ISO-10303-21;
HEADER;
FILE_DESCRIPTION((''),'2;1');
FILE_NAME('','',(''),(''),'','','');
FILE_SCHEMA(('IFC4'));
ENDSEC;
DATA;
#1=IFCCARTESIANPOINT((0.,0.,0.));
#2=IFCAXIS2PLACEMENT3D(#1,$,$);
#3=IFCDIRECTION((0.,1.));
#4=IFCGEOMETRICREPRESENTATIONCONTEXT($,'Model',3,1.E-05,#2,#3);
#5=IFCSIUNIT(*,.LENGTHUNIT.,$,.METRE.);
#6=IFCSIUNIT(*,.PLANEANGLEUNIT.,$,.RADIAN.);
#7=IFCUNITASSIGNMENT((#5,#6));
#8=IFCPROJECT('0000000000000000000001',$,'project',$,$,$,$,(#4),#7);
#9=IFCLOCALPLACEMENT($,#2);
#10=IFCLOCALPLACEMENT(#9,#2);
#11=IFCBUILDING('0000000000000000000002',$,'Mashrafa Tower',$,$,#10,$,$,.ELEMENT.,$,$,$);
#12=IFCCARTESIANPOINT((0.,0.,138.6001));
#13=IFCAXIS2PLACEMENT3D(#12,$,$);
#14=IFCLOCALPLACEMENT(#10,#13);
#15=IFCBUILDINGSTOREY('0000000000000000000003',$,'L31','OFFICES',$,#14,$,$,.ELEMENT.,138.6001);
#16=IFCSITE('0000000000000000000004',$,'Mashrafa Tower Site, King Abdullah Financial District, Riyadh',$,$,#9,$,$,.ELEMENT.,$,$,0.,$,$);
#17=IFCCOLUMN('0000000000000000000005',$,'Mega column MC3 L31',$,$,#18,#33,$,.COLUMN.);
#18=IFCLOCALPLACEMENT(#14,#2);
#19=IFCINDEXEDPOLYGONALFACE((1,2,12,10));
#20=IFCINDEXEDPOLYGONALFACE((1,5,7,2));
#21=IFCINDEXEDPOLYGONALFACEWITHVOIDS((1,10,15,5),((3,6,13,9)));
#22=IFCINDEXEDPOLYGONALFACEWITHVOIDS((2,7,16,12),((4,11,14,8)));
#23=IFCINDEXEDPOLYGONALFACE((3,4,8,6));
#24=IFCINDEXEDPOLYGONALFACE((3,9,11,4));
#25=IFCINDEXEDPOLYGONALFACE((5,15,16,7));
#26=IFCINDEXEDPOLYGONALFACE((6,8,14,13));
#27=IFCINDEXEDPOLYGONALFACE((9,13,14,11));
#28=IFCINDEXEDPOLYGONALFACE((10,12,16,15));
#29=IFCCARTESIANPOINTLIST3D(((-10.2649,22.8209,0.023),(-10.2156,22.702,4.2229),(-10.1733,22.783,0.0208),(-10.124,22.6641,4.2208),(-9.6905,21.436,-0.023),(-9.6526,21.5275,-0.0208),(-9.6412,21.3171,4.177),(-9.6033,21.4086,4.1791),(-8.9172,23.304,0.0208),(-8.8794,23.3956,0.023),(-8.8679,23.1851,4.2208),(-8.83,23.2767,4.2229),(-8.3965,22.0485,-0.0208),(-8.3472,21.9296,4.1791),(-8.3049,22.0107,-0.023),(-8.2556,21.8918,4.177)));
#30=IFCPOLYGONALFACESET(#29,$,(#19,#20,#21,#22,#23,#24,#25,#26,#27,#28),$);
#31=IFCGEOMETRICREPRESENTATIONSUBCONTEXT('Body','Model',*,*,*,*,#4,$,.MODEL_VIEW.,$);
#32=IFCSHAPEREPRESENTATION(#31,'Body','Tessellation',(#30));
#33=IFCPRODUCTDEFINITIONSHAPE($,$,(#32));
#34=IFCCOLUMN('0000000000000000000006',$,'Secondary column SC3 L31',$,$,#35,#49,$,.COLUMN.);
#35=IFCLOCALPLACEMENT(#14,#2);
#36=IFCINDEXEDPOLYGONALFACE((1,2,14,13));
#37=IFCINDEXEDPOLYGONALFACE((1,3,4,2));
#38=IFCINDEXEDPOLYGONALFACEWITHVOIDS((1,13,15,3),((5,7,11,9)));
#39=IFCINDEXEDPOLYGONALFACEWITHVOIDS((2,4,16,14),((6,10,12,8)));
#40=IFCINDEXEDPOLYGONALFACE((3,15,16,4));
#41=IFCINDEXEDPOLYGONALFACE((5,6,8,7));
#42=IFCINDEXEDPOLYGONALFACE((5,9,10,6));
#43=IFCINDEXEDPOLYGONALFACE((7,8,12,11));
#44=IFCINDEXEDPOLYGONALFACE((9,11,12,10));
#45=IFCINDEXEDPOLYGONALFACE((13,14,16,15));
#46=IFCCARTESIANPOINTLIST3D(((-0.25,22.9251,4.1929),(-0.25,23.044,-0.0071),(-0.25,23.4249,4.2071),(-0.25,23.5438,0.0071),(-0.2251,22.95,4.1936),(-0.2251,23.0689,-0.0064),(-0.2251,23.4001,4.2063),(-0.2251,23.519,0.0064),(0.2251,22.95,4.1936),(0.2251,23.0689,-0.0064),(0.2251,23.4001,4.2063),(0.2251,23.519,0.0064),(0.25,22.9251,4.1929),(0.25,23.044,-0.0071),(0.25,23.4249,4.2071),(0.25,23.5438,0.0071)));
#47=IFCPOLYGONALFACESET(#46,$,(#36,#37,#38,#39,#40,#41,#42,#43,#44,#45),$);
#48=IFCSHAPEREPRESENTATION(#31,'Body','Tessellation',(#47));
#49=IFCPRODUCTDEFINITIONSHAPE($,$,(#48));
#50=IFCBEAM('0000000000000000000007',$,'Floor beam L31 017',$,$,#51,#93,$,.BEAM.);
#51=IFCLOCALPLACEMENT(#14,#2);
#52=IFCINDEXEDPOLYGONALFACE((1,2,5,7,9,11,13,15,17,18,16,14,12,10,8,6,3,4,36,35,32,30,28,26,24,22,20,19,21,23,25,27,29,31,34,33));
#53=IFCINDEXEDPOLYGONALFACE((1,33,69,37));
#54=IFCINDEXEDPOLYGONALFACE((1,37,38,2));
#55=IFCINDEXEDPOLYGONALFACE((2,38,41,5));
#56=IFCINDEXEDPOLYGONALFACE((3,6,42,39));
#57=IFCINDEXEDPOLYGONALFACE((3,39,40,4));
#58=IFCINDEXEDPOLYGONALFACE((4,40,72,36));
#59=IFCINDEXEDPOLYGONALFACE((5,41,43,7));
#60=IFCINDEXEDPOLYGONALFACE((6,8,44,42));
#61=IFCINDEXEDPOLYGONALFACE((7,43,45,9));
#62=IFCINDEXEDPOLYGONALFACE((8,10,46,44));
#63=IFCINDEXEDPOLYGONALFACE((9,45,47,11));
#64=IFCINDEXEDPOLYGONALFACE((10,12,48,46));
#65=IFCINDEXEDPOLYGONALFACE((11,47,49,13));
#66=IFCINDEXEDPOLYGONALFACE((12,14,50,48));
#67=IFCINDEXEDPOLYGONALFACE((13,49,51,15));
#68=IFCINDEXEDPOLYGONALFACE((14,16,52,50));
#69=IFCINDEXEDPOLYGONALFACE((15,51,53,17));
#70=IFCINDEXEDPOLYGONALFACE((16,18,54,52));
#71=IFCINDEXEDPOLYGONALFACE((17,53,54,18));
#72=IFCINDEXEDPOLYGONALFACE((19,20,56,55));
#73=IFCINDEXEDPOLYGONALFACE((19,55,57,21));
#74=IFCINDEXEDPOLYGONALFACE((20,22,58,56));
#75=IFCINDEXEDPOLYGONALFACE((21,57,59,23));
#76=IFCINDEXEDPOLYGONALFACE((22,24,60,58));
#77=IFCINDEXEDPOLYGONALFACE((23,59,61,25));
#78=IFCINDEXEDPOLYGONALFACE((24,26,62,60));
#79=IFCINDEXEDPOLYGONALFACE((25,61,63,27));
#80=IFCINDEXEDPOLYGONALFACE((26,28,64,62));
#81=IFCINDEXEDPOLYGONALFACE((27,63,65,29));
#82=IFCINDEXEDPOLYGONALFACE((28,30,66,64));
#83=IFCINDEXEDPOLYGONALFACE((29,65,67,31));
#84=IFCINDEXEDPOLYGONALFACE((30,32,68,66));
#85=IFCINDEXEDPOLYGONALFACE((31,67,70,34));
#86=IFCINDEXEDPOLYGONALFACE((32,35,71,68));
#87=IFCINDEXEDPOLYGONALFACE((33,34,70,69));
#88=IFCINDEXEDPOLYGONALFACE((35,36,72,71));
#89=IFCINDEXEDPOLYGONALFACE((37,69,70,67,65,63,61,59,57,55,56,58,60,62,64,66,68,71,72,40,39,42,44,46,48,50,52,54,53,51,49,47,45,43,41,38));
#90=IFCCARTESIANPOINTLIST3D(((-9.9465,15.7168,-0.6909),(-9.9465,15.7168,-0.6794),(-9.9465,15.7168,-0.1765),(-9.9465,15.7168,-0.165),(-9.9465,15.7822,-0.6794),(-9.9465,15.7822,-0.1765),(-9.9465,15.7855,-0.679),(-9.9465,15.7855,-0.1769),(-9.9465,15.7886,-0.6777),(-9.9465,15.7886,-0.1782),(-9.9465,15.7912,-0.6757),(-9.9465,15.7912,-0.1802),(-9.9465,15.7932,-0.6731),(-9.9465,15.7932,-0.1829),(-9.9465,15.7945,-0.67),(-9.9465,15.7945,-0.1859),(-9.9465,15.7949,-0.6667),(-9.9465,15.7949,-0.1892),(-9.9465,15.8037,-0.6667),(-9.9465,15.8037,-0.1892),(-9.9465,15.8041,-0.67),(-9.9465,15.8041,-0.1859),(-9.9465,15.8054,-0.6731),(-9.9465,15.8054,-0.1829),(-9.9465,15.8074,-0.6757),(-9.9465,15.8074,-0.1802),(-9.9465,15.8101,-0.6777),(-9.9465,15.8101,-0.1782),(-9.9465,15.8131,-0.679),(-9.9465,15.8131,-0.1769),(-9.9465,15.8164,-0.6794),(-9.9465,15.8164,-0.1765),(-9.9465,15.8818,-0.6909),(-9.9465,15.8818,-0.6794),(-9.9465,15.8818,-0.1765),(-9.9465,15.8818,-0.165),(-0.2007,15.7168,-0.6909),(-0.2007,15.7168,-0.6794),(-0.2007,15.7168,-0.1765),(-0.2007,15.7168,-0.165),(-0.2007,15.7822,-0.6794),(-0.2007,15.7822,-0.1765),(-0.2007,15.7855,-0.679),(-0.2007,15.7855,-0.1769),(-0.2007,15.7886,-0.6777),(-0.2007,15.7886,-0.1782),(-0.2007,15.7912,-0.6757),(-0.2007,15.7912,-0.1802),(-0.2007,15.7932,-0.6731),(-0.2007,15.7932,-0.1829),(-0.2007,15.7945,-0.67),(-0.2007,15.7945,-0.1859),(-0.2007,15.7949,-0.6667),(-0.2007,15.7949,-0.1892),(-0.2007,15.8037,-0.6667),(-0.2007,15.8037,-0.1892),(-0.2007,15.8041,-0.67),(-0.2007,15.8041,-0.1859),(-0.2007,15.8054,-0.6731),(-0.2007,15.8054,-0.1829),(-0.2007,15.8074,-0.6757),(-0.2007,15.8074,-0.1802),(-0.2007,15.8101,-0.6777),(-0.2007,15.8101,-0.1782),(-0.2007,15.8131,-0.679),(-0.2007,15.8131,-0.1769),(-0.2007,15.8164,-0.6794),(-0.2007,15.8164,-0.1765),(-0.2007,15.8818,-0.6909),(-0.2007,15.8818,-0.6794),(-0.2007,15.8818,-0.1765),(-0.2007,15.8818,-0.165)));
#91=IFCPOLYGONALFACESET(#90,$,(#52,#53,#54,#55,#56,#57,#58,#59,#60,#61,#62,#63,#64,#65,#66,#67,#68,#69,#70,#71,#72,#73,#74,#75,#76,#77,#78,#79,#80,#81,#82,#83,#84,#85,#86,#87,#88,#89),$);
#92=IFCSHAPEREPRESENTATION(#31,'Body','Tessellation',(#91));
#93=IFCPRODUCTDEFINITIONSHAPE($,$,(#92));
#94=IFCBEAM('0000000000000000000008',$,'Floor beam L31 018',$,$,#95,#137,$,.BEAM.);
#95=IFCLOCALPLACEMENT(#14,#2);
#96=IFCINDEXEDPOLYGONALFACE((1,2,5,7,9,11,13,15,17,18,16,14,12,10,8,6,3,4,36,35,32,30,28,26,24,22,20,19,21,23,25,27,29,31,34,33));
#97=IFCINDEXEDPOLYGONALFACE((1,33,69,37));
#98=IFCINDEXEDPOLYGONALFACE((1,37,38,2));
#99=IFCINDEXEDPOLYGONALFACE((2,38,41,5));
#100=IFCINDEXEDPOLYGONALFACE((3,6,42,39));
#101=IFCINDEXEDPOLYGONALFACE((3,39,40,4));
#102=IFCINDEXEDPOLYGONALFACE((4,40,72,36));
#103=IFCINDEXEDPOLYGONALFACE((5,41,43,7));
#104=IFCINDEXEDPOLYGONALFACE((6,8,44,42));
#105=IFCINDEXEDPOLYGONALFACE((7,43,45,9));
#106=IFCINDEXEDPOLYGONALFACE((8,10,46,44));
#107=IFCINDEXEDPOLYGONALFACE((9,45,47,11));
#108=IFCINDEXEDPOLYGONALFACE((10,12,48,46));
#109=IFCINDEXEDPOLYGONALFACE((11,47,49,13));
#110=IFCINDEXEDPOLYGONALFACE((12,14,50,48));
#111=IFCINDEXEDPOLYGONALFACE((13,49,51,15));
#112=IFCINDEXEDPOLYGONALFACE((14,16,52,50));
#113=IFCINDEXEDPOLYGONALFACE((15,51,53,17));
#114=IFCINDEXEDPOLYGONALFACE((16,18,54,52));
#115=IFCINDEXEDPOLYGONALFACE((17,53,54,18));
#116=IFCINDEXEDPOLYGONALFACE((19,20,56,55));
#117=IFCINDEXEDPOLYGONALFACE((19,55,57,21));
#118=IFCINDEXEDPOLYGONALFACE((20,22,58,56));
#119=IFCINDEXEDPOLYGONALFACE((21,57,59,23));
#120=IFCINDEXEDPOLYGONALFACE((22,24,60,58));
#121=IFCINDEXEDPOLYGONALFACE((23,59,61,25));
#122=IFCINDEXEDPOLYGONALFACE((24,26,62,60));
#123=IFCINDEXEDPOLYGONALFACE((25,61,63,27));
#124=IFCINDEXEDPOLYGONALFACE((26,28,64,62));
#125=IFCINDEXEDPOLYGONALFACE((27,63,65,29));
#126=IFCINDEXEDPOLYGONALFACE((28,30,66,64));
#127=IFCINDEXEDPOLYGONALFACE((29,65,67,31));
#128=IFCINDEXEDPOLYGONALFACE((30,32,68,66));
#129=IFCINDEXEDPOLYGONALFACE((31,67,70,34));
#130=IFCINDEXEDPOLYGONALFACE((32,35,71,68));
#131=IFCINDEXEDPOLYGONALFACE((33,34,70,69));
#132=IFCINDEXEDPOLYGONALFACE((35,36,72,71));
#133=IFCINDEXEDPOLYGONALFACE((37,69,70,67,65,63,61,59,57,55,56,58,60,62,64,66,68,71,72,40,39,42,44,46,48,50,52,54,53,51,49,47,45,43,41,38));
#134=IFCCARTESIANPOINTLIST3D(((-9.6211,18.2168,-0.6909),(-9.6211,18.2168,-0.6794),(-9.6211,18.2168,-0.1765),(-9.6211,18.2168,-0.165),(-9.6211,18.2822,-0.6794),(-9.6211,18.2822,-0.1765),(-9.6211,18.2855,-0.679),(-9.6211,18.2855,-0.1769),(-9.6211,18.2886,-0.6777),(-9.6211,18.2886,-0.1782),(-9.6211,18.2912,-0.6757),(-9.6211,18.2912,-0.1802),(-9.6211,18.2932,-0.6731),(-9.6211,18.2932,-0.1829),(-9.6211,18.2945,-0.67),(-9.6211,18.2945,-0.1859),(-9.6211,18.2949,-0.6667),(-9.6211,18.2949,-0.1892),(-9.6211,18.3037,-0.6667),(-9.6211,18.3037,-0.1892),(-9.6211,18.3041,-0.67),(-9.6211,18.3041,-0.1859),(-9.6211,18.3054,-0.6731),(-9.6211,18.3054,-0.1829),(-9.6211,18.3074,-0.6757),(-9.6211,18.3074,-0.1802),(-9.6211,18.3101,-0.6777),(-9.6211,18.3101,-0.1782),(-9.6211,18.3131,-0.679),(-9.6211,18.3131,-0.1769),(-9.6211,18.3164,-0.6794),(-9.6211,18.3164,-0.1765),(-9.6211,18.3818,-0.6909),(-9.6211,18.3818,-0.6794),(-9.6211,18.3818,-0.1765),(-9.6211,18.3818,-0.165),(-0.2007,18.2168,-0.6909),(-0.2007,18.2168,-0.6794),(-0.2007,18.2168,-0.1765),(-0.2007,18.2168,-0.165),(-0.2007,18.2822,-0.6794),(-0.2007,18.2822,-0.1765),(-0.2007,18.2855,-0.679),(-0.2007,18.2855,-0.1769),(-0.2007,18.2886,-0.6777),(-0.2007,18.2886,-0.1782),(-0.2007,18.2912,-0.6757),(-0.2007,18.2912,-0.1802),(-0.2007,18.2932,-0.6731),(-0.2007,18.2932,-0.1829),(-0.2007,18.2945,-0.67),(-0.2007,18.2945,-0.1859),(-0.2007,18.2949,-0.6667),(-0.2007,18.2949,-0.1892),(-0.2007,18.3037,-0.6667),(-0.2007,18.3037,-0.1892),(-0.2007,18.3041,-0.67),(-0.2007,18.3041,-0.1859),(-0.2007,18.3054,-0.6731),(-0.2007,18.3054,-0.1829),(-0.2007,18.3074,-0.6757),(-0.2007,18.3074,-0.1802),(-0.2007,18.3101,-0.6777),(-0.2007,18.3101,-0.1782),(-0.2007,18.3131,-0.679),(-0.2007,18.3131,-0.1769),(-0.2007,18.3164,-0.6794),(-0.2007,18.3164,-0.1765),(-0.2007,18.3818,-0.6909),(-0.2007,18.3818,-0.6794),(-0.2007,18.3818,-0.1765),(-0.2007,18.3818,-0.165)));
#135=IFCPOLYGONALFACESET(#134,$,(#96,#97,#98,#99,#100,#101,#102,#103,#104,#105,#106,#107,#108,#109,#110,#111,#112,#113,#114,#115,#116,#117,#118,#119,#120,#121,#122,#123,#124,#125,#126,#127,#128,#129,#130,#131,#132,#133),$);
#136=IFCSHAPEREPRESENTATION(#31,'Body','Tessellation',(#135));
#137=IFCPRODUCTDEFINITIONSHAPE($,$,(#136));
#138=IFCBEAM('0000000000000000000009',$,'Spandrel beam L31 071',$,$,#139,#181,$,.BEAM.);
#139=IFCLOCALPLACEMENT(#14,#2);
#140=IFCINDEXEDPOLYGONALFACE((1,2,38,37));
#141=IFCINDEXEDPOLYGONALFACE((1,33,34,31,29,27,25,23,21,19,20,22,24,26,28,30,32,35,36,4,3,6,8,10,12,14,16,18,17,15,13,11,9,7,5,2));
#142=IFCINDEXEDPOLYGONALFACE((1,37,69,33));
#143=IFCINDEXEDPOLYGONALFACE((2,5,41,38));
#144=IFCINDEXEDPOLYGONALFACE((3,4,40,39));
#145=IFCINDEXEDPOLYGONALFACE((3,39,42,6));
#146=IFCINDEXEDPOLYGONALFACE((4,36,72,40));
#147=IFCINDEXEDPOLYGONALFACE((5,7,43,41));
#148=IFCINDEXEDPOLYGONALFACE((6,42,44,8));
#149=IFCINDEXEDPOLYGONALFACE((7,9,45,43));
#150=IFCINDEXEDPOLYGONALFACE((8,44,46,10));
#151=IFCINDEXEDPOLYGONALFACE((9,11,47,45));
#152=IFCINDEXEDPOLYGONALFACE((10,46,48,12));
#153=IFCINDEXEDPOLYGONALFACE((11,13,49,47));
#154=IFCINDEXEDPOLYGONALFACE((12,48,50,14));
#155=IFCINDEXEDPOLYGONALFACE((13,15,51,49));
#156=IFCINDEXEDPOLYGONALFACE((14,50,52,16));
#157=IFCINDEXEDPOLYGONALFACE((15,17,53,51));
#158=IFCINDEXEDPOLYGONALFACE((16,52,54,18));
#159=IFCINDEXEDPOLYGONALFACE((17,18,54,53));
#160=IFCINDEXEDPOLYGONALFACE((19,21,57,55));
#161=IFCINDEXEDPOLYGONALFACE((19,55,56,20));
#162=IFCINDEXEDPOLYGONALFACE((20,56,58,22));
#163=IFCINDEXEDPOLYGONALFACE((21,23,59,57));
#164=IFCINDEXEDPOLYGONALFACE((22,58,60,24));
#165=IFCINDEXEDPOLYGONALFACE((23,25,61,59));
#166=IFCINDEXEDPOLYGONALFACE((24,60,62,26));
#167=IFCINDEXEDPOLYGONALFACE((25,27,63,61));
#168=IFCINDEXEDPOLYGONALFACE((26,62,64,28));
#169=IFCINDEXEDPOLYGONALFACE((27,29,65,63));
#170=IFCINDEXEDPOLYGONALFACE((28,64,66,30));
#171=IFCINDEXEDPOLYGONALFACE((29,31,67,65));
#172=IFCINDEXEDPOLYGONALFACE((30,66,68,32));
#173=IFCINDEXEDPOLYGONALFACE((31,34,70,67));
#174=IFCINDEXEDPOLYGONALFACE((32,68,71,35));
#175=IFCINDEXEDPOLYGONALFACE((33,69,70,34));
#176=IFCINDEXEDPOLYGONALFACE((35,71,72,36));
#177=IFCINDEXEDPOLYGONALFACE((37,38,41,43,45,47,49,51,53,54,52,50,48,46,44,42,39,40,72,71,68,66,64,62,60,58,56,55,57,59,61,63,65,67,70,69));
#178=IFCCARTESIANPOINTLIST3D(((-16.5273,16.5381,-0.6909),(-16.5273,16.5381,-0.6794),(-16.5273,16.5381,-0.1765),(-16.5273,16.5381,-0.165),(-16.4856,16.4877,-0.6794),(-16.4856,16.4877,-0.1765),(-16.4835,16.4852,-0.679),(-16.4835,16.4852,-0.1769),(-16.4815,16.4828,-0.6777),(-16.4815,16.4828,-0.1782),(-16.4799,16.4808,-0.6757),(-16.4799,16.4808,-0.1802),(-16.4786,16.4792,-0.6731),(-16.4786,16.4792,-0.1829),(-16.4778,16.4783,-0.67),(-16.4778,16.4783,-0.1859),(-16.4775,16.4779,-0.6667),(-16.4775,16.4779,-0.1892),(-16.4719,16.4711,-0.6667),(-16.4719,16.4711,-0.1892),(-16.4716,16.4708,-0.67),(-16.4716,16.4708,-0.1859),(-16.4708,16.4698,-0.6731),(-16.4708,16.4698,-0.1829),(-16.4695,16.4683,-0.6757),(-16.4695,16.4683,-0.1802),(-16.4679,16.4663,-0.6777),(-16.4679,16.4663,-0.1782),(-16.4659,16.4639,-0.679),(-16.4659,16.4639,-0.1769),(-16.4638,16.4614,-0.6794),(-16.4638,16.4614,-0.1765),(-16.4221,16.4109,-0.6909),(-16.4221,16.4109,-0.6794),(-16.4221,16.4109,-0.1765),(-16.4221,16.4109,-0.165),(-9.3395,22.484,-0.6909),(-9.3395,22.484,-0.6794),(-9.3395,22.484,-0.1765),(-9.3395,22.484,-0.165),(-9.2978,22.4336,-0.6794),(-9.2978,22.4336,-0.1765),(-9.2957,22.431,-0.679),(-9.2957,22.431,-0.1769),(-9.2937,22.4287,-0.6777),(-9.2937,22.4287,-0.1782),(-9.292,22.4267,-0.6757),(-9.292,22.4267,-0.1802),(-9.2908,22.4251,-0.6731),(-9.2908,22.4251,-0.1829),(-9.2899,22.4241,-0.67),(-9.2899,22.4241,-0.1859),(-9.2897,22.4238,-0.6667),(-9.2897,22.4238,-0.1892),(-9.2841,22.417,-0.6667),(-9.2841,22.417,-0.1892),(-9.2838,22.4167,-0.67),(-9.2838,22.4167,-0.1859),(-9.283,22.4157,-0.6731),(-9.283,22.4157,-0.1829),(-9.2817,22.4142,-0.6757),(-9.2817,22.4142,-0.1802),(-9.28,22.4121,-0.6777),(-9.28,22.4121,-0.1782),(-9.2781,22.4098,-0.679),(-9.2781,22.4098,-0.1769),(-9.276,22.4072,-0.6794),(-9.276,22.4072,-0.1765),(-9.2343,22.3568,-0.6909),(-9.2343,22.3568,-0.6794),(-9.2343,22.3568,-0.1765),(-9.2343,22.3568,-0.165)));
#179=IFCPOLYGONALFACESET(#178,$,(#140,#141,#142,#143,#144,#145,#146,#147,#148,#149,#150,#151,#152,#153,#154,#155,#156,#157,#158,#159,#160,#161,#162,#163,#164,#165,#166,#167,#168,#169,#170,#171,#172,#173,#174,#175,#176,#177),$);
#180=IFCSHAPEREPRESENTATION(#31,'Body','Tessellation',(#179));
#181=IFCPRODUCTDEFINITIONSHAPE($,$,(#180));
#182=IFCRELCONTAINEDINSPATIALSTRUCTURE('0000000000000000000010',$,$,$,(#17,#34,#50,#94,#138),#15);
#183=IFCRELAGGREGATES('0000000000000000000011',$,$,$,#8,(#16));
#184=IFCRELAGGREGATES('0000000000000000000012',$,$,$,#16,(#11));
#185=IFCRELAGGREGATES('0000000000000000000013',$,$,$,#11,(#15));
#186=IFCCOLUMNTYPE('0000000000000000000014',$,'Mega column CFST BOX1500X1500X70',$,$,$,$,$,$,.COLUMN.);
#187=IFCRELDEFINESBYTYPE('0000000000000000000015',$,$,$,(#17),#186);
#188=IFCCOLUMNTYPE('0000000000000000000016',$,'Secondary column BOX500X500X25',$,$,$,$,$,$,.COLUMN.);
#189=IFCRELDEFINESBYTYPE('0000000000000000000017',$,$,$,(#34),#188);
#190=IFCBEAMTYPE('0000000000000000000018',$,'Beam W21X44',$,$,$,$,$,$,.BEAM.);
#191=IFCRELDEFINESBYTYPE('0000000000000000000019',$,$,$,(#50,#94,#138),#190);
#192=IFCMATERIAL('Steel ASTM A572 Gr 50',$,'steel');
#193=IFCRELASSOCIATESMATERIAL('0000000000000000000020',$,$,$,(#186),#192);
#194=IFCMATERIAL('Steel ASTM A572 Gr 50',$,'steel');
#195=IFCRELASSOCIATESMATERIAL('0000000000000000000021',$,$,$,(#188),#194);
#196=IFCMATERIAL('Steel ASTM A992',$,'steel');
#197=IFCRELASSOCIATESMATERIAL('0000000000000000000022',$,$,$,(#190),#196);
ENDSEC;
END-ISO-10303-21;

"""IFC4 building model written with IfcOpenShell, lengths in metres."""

from ifc_helpers import new_model, si_unit, direction, frame, origin, origin_2d, place, context, subcontext, project, spatial, hollow_rectangle, i_section, extrude, material, material_profile, profile_set, type_object, element, save


model = new_model("IFC4")

# Units and contexts
model_context = context("Model", 3, precision=1e-05, world=origin(), true_north=direction((0.0, 1.0)))
body_context = subcontext(model_context, "Body", "Model", "MODEL_VIEW")
ifc_project = project(units=[si_unit("LENGTHUNIT", "METRE"), si_unit("PLANEANGLEUNIT", "RADIAN")], contexts=[model_context])

# Site, building, storey
site_placement = place(None, origin())
site = spatial("IfcSite", under=ifc_project, at=site_placement, Name="Mashrafa Tower Site, King Abdullah Financial District, Riyadh", CompositionType="ELEMENT", RefElevation=0.0)
building_placement = place(site_placement, origin())
building = spatial("IfcBuilding", under=site, at=building_placement, Name="Mashrafa Tower", CompositionType="ELEMENT")
storey_placement = place(building_placement, frame((0.0, 0.0, 138.6001)))
storey = spatial("IfcBuildingStorey", under=building, at=storey_placement, Name="L31", Description="OFFICES", CompositionType="ELEMENT", Elevation=138.6001)

# Columns
ifc_material_1 = material(Name="Steel ASTM A572 Gr 50", Category="steel")
ifc_material_profile_1 = material_profile(ifc_material_1, hollow_rectangle(XDim=1.5, YDim=1.5, WallThickness=0.0701, at=origin_2d()), Name="BOX1500X1500X70")
ifc_profile_set_1 = profile_set([ifc_material_profile_1], Name="Steel ASTM A572 Gr 50")
column_type_1 = type_object("IfcColumnType", Name="Mega column CFST BOX1500X1500X70", PredefinedType="COLUMN", material=ifc_profile_set_1)
column_1_placement = place(storey_placement, frame((-9.2849, 22.4158, 0.0), z_axis=(0.011737, -0.028296, 0.999531), x_axis=(0.923693, 0.383133, 0.0)))
element("IfcColumn", 1, at=column_1_placement, inside=storey, type_object=column_type_1, Name="Mega column MC3 L31", PredefinedType="COLUMN", context=body_context, shape_type="SweptSolid", body=[
    extrude(hollow_rectangle(XDim=1.5, YDim=1.5, WallThickness=0.0701, at=origin_2d()), origin(), (0.0, 0.0, 1.0), 4.2019),
])
ifc_material_2 = material(Name="Steel ASTM A572 Gr 50", Category="steel")
ifc_material_profile_2 = material_profile(ifc_material_2, hollow_rectangle(XDim=0.5, YDim=0.5, WallThickness=0.0249, at=origin_2d()), Name="BOX500X500X25")
ifc_profile_set_2 = profile_set([ifc_material_profile_2], Name="Steel ASTM A572 Gr 50")
column_type_2 = type_object("IfcColumnType", Name="Secondary column BOX500X500X25", PredefinedType="COLUMN", material=ifc_profile_set_2)
column_2_placement = place(storey_placement, frame((0.0, 23.2939, 0.0), z_axis=(0.0, -0.028298, 0.9996), x_axis=(1.0, 0.0, 0.0)))
element("IfcColumn", 2, at=column_2_placement, inside=storey, type_object=column_type_2, Name="Secondary column SC3 L31", PredefinedType="COLUMN", context=body_context, shape_type="SweptSolid", body=[
    extrude(hollow_rectangle(XDim=0.5, YDim=0.5, WallThickness=0.0249, at=origin_2d()), origin(), (0.0, 0.0, 1.0), 4.2017),
])

# Beams
ifc_material_3 = material(Name="Steel ASTM A992", Category="steel")
ifc_material_profile_3 = material_profile(ifc_material_3, i_section(OverallWidth=0.165, OverallDepth=0.5259, WebThickness=0.0088, FlangeThickness=0.0115, FilletRadius=0.0127, at=origin_2d()), Name="W21X44")
ifc_profile_set_3 = profile_set([ifc_material_profile_3], Name="Steel ASTM A992")
beam_type_1 = type_object("IfcBeamType", Name="Beam W21X44", PredefinedType="BEAM", material=ifc_profile_set_3)
beam_1_placement = place(storey_placement, frame((-9.9465, 15.7993, -0.428), z_axis=(1.0, 0.0, 0.0), x_axis=(0.0, 1.0, 0.0)))
element("IfcBeam", 3, at=beam_1_placement, inside=storey, type_object=beam_type_1, Name="Floor beam L31 017", PredefinedType="BEAM", context=body_context, shape_type="SweptSolid", body=[
    extrude(i_section(OverallWidth=0.165, OverallDepth=0.5259, WebThickness=0.0088, FlangeThickness=0.0115, FilletRadius=0.0127, at=origin_2d()), origin(), (0.0, 0.0, 1.0), 9.7458),
])
beam_2_placement = place(storey_placement, frame((-9.6211, 18.2993, -0.428), z_axis=(1.0, 0.0, 0.0), x_axis=(0.0, 1.0, 0.0)))
element("IfcBeam", 4, at=beam_2_placement, inside=storey, type_object=beam_type_1, Name="Floor beam L31 018", PredefinedType="BEAM", context=body_context, shape_type="SweptSolid", body=[
    extrude(i_section(OverallWidth=0.165, OverallDepth=0.5259, WebThickness=0.0088, FlangeThickness=0.0115, FilletRadius=0.0127, at=origin_2d()), origin(), (0.0, 0.0, 1.0), 9.4204),
])
beam_3_placement = place(storey_placement, frame((-9.2869, 22.4204, -0.428), z_axis=(-0.770535, -0.637397, 0.0), x_axis=(0.637397, -0.770535, 0.0)))
element("IfcBeam", 5, at=beam_3_placement, inside=storey, type_object=beam_type_1, Name="Spandrel beam L31 071", PredefinedType="BEAM", context=body_context, shape_type="SweptSolid", body=[
    extrude(i_section(OverallWidth=0.165, OverallDepth=0.5259, WebThickness=0.0088, FlangeThickness=0.0115, FilletRadius=0.0127, at=origin_2d()), origin(), (0.0, 0.0, 1.0), 9.3284),
])

save(model, "model.ifc")
